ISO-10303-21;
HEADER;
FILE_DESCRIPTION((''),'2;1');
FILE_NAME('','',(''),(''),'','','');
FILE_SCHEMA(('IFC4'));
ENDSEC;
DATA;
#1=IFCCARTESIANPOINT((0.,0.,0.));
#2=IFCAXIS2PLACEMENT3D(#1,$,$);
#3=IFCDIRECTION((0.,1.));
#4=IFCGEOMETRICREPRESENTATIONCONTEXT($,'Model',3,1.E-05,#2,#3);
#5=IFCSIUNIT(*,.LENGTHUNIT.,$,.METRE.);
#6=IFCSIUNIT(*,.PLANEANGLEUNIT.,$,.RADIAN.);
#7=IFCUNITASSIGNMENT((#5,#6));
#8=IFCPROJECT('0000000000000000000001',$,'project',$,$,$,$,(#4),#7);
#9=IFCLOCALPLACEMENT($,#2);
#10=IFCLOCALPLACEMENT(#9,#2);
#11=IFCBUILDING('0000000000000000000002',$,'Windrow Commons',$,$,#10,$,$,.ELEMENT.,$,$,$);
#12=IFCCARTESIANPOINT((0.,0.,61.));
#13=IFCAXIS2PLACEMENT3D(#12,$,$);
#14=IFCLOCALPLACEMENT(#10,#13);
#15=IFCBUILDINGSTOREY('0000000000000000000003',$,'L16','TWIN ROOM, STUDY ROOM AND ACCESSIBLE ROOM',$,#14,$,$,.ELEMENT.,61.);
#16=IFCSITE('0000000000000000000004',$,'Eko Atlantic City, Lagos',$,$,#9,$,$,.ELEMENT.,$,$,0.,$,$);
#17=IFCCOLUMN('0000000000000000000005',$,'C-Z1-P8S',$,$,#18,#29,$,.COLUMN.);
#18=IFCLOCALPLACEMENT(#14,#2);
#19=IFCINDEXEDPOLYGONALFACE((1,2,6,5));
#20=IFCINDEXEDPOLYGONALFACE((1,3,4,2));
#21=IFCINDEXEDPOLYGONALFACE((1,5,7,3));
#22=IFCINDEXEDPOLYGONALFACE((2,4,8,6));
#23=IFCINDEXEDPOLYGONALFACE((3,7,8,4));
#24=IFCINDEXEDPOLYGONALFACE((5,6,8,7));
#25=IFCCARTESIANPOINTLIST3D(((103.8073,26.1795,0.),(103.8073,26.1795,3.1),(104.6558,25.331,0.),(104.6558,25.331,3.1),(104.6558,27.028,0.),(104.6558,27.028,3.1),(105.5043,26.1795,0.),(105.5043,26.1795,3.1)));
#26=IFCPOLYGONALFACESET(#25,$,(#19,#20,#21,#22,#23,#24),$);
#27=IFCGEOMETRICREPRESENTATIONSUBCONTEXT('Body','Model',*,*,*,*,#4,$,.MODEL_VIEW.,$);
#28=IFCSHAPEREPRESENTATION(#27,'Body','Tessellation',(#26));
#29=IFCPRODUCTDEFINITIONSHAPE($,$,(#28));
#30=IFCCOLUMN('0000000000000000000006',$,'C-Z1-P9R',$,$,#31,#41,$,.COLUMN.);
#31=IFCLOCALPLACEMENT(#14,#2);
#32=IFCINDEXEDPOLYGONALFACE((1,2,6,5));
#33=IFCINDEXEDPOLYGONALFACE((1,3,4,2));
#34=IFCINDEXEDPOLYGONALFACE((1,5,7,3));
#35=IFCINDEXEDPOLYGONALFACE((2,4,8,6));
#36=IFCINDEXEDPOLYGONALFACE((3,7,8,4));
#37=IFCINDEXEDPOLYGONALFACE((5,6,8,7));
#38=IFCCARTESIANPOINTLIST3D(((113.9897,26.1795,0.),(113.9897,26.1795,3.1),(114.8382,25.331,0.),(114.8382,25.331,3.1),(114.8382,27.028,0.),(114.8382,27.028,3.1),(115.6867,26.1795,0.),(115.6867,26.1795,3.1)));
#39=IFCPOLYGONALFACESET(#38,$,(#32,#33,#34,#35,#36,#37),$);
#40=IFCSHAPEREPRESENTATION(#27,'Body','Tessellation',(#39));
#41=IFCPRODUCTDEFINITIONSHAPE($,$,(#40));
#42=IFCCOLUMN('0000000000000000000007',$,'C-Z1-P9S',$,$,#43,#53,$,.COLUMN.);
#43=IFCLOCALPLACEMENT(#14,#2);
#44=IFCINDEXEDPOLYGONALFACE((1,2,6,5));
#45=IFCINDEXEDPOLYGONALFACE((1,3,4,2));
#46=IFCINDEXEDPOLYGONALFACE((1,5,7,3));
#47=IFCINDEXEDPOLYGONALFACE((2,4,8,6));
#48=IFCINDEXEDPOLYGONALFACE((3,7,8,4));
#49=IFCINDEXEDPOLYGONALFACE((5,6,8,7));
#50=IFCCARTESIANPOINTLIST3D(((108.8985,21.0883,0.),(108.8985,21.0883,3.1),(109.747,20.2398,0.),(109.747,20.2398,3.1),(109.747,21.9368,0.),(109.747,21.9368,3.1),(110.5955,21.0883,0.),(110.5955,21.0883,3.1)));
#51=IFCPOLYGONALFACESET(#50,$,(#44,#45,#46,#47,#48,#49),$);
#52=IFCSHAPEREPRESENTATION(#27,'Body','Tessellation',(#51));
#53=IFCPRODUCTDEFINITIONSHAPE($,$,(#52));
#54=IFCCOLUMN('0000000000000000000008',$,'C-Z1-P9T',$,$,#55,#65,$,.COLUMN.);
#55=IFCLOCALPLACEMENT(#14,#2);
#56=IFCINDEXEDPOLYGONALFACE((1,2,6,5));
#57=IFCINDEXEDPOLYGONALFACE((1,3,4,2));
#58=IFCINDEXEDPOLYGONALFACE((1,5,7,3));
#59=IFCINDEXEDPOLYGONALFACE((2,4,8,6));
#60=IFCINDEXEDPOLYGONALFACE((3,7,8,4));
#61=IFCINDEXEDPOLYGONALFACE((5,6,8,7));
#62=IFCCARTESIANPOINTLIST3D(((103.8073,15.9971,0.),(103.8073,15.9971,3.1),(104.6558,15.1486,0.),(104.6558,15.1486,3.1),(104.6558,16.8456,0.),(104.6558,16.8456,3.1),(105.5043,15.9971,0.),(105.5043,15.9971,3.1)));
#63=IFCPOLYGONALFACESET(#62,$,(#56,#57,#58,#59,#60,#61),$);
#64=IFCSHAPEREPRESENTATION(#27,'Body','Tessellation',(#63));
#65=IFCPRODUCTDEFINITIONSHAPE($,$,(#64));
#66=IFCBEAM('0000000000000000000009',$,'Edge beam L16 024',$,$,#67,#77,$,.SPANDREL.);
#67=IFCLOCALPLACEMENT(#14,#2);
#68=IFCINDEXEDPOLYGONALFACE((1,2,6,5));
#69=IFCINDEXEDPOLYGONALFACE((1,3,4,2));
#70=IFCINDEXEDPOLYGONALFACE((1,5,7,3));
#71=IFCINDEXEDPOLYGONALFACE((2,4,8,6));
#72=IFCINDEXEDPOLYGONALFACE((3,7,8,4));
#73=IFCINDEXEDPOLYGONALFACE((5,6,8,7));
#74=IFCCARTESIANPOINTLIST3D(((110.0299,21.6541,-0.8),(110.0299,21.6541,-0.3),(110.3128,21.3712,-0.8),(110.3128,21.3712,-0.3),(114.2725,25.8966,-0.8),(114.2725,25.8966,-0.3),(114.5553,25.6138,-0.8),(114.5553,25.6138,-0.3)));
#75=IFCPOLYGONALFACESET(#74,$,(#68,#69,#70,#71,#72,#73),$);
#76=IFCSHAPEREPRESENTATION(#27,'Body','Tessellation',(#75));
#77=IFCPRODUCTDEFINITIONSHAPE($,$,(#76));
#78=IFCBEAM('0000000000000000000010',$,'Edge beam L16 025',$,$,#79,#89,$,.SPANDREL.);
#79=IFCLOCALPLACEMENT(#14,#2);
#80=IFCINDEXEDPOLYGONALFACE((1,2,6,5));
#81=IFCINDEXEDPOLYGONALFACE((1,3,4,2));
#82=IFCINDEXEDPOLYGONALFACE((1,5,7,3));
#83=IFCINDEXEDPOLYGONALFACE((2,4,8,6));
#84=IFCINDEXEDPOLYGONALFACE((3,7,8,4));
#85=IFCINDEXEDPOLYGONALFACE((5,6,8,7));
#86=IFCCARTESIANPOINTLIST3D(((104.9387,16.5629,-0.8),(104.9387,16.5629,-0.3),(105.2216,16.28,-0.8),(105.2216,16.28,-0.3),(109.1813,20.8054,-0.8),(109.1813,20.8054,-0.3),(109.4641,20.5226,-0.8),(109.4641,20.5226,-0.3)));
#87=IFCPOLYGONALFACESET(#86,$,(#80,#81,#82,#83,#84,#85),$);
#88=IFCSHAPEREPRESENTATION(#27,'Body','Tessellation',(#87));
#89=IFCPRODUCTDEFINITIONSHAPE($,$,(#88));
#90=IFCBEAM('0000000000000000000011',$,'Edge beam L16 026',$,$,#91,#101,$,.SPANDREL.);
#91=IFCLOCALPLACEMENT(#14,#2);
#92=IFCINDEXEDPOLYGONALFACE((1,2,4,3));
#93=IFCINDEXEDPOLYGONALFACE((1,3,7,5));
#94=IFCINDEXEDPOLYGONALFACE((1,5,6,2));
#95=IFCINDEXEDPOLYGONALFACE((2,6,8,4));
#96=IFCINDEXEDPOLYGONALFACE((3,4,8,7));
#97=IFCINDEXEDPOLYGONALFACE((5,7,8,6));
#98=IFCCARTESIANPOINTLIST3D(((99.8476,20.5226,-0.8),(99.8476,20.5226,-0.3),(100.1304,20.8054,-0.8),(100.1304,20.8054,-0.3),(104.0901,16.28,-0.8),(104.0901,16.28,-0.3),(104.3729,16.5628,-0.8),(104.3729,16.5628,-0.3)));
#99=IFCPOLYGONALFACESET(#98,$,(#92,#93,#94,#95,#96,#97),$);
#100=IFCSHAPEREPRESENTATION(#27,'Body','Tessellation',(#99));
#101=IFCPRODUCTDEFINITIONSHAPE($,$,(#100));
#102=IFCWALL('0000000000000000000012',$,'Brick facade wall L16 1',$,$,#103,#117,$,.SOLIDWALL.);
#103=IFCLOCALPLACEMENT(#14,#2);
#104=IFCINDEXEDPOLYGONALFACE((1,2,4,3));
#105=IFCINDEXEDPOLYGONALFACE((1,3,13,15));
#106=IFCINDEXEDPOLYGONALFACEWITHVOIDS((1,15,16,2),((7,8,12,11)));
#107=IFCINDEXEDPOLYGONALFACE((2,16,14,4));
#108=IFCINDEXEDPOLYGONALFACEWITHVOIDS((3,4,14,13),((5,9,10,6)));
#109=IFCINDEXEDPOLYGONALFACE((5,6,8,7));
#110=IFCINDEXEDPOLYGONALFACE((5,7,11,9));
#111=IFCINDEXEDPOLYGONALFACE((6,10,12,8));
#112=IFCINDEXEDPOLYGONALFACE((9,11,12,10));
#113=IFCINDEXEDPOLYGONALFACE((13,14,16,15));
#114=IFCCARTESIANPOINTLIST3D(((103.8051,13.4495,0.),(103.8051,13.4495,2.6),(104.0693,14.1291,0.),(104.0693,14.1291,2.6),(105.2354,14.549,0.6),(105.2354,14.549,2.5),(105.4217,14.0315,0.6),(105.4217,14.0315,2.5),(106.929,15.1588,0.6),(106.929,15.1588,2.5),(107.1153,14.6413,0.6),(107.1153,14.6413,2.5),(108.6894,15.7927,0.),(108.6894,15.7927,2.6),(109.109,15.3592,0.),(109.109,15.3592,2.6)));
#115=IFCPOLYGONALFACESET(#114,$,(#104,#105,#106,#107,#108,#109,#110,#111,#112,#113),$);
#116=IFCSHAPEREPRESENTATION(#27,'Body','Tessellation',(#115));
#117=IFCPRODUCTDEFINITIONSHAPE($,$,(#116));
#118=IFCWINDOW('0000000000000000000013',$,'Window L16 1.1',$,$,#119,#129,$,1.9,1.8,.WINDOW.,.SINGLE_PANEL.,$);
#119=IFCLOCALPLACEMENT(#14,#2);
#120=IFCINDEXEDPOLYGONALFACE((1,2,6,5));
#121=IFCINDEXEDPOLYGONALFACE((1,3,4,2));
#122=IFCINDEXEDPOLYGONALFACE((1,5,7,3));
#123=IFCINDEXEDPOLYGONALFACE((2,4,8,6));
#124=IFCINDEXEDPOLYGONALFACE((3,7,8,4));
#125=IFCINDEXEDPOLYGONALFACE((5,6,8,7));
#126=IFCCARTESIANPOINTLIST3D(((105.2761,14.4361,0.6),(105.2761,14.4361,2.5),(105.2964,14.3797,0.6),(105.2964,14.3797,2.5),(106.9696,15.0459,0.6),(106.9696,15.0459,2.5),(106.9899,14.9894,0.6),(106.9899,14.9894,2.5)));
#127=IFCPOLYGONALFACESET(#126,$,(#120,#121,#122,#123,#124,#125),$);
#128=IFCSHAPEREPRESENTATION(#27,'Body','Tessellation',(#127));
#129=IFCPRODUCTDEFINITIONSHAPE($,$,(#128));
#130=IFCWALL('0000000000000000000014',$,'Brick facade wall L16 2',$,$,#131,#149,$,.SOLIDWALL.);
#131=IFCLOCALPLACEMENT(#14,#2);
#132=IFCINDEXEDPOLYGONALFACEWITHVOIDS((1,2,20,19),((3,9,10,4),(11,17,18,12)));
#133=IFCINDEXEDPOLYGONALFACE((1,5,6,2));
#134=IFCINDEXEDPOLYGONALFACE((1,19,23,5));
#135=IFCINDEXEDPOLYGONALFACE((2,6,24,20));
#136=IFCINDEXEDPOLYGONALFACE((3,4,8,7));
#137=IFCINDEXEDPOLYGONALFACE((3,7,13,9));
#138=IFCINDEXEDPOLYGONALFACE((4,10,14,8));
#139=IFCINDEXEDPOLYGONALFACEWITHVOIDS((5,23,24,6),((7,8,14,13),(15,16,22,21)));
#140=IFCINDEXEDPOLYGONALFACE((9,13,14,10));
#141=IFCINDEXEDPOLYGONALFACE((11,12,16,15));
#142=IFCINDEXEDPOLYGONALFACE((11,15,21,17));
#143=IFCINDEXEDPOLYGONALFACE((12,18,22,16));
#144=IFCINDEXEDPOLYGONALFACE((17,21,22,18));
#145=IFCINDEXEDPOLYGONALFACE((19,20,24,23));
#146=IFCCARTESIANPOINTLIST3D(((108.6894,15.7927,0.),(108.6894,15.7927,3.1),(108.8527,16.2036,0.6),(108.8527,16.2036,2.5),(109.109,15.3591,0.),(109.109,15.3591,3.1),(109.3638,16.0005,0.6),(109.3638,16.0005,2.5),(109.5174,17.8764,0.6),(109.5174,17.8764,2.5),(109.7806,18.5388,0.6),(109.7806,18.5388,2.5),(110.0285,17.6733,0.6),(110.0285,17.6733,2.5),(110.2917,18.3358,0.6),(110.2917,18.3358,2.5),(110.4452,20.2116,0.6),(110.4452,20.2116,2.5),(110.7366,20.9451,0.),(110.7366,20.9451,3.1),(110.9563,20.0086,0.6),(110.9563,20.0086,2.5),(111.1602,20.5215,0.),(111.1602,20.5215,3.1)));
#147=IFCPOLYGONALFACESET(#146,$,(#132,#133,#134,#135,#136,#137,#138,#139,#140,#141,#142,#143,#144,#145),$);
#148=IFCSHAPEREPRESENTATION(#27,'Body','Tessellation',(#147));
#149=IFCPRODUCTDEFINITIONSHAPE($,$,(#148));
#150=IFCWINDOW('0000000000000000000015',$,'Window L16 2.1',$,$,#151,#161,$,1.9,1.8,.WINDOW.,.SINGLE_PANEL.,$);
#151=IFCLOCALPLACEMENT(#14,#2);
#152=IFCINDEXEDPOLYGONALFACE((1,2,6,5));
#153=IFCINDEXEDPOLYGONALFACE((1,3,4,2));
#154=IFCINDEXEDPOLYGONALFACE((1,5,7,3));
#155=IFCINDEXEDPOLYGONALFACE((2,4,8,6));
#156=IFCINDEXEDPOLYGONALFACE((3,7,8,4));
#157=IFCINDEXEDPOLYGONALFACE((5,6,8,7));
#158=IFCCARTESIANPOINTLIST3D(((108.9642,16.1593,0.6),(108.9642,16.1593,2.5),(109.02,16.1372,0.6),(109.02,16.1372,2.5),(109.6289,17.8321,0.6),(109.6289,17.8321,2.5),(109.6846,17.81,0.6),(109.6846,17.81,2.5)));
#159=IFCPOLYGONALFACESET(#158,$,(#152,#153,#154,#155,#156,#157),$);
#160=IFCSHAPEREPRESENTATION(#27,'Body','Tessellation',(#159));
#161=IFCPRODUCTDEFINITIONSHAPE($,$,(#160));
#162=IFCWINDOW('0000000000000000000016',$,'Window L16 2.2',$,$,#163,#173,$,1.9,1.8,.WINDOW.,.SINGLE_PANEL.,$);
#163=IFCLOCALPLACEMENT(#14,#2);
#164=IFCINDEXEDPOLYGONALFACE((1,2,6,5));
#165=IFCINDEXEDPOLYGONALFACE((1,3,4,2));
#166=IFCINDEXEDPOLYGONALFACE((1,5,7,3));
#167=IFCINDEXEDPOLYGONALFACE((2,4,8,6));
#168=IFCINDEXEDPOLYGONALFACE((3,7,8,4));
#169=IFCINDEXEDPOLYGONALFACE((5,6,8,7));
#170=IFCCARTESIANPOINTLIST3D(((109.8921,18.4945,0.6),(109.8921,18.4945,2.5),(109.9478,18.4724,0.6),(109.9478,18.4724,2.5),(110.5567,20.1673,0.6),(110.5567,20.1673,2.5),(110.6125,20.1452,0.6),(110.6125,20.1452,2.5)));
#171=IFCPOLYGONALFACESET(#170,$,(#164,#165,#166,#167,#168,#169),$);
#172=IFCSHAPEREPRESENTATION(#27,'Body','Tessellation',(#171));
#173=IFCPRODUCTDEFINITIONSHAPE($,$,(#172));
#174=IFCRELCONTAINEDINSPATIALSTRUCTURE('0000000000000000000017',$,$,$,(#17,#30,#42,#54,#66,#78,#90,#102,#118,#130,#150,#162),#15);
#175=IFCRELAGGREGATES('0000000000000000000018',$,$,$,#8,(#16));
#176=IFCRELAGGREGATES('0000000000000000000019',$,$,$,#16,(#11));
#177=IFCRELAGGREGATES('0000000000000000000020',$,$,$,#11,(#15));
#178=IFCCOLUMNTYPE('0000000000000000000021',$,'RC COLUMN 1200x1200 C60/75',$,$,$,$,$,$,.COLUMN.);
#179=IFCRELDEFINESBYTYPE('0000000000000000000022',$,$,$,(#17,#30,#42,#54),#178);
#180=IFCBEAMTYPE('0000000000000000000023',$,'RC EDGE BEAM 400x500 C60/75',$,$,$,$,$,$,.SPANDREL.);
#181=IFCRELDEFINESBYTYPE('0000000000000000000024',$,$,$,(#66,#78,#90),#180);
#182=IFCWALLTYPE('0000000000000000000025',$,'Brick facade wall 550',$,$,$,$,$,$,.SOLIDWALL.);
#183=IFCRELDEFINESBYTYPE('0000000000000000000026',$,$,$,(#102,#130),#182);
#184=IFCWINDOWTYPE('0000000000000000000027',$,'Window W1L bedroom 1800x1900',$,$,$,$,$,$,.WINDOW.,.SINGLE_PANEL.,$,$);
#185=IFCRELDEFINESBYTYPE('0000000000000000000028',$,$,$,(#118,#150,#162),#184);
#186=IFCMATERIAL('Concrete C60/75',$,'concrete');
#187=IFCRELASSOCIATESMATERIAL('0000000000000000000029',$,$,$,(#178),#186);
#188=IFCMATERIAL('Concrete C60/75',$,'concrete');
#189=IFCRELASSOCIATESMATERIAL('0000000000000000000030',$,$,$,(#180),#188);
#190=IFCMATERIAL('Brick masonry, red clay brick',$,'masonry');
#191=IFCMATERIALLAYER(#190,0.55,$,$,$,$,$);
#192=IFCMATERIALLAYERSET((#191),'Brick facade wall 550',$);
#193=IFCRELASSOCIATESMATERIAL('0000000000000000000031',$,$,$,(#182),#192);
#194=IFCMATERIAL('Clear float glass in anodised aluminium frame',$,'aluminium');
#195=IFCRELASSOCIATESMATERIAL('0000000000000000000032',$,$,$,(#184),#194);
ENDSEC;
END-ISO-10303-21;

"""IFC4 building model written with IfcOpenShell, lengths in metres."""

from ifc_helpers import new_model, si_unit, direction, frame, frame_2d, origin, origin_2d, place, context, subcontext, project, spatial, polyline, rectangle, outline, extrude, material, layer, layer_set, material_profile, profile_set, type_object, element, fill, save


model = new_model("IFC4")

# Units and contexts
model_context = context("Model", 3, precision=1e-05, world=origin(), true_north=direction((0.0, 1.0)))
body_context = subcontext(model_context, "Body", "Model", "MODEL_VIEW")
ifc_project = project(units=[si_unit("LENGTHUNIT", "METRE"), si_unit("PLANEANGLEUNIT", "RADIAN")], contexts=[model_context])

# Site, building, storey
site_placement = place(None, origin())
site = spatial("IfcSite", under=ifc_project, at=site_placement, Name="Eko Atlantic City, Lagos", CompositionType="ELEMENT", RefElevation=0.0)
building_placement = place(site_placement, origin())
building = spatial("IfcBuilding", under=site, at=building_placement, Name="Windrow Commons", CompositionType="ELEMENT")
storey_placement = place(building_placement, frame((0.0, 0.0, 61.0)))
storey = spatial("IfcBuildingStorey", under=building, at=storey_placement, Name="L16", Description="TWIN ROOM, STUDY ROOM AND ACCESSIBLE ROOM", CompositionType="ELEMENT", Elevation=61.0)

# Columns
ifc_material_1 = material(Name="Concrete C60/75", Category="concrete")
ifc_material_profile_1 = material_profile(ifc_material_1, rectangle(XDim=1.2, YDim=1.2, at=origin_2d()))
ifc_profile_set_1 = profile_set([ifc_material_profile_1], Name="Concrete C60/75")
column_type = type_object("IfcColumnType", Name="RC COLUMN 1200x1200 C60/75", PredefinedType="COLUMN", material=ifc_profile_set_1)
for number, where, z_axis, x_axis, name in (
    (1, (104.6558, 26.1795, 0.0), (0.0, 0.0, 1.0), (0.707107, -0.707107, 0.0), "C-Z1-P8S"),
    (2, (114.8382, 26.1795, 0.0), (0.0, 0.0, 1.0), (0.707107, -0.707107, 0.0), "C-Z1-P9R"),
    (3, (109.747, 21.0883, 0.0), (0.0, 0.0, 1.0), (0.707107, -0.707107, 0.0), "C-Z1-P9S"),
    (4, (104.6558, 15.9971, 0.0), (0.0, 0.0, 1.0), (0.707107, -0.707107, 0.0), "C-Z1-P9T"),
):
    element("IfcColumn", number, at=place(storey_placement, frame(where, z_axis=z_axis, x_axis=x_axis)), inside=storey, type_object=column_type, Name=name, PredefinedType="COLUMN", context=body_context, shape_type="SweptSolid", body=[
        extrude(rectangle(XDim=1.2, YDim=1.2, at=origin_2d()), origin(), (0.0, 0.0, 1.0), 3.1),
    ])

# Beams
ifc_material_2 = material(Name="Concrete C60/75", Category="concrete")
ifc_material_profile_2 = material_profile(ifc_material_2, rectangle(XDim=0.4, YDim=0.5, at=origin_2d()))
ifc_profile_set_2 = profile_set([ifc_material_profile_2], Name="Concrete C60/75")
beam_type = type_object("IfcBeamType", Name="RC EDGE BEAM 400x500 C60/75", PredefinedType="SPANDREL", material=ifc_profile_set_2)
for number, where, z_axis, x_axis, name in (
    (5, (114.4139, 25.7552, -0.55), (-0.707107, -0.707107, 0.0), (0.707107, -0.707107, 0.0), "Edge beam L16 024"),
    (6, (109.3227, 20.664, -0.55), (-0.707107, -0.707107, 0.0), (0.707107, -0.707107, 0.0), "Edge beam L16 025"),
    (7, (104.2315, 16.4214, -0.55), (-0.707098, 0.707115, 0.0), (-0.707115, -0.707098, 0.0), "Edge beam L16 026"),
):
    element("IfcBeam", number, at=place(storey_placement, frame(where, z_axis=z_axis, x_axis=x_axis)), inside=storey, type_object=beam_type, Name=name, PredefinedType="SPANDREL", context=body_context, shape_type="SweptSolid", body=[
        extrude(rectangle(XDim=0.4, YDim=0.5, at=origin_2d()), origin(), (0.0, 0.0, 1.0), 5.9999),
    ])

# Wall, opening, window
ifc_material_3 = material(Name="Brick masonry, red clay brick", Category="masonry")
ifc_layer_1 = layer(ifc_material_3, 0.55)
ifc_layer_set_1 = layer_set([ifc_layer_1], Name="Brick facade wall 550")
wall_type_1 = type_object("IfcWallType", Name="Brick facade wall 550", PredefinedType="SOLIDWALL", material=ifc_layer_set_1)
wall_1_placement = place(storey_placement, frame((103.9372, 13.7893, 0.0), z_axis=(0.0, 0.0, 1.0), x_axis=(0.94087, 0.338766, 0.0)))
wall_1 = element("IfcWall", 8, at=wall_1_placement, inside=storey, type_object=wall_type_1, Name="Brick facade wall L16 1", PredefinedType="SOLIDWALL", context=body_context, shape_type="SweptSolid", body=[
    extrude(outline(polyline([(-0.2394, -0.275), (5.3978, -0.275), (5.1499, 0.275), (0.2394, 0.275), (-0.2394, -0.275)])), origin(), (0.0, 0.0, 1.0), 2.6),
])
opening_1_placement = place(wall_1_placement, frame((1.4788, 0.0, 0.6)))
opening_1 = element("IfcOpeningElement", 9, at=opening_1_placement, cuts=wall_1, PredefinedType="OPENING", context=body_context, shape_type="SweptSolid", body=[
    extrude(rectangle(XDim=1.8, YDim=1.9, at=frame_2d((0.9, 0.95))), frame((0.0, 0.285, 0.0), z_axis=(0.0, -1.0, 0.0), x_axis=(1.0, 0.0, 0.0)), (0.0, 0.0, 1.0), 0.57),
])
ifc_material_4 = material(Name="Clear float glass in anodised aluminium frame", Category="aluminium")
window_type_1 = type_object("IfcWindowType", Name="Window W1L bedroom 1800x1900", PartitioningType="SINGLE_PANEL", PredefinedType="WINDOW", material=ifc_material_4)
window_1_placement = place(opening_1_placement, origin())
window_1 = element("IfcWindow", 10, at=window_1_placement, inside=storey, type_object=window_type_1, Name="Window L16 1.1", OverallHeight=1.9, OverallWidth=1.8, PartitioningType="SINGLE_PANEL", PredefinedType="WINDOW", context=body_context, shape_type="SweptSolid", body=[
    extrude(rectangle(XDim=1.8, YDim=1.9, at=frame_2d((0.9, 0.95))), frame((0.0, 0.155, 0.0), z_axis=(0.0, -1.0, 0.0), x_axis=(1.0, 0.0, 0.0)), (0.0, 0.0, 1.0), 0.06),
])
fill(opening_1, window_1)

# Wall, openings, windows
wall_2_placement = place(storey_placement, frame((108.8992, 15.5759, 0.0), z_axis=(0.0, 0.0, 1.0), x_axis=(0.369252, 0.929329, 0.0)))
wall_2 = element("IfcWall", 11, at=wall_2_placement, inside=storey, type_object=wall_type_1, Name="Brick facade wall L16 2", PredefinedType="SOLIDWALL", context=body_context, shape_type="SweptSolid", body=[
    extrude(outline(polyline([(-0.124, -0.275), (5.431, -0.275), (5.6682, 0.275), (0.124, 0.275), (-0.124, -0.275)])), origin(), (0.0, 0.0, 1.0), 3.1),
])
opening_2_placement = place(wall_2_placement, frame((0.5662, 0.0, 0.6)))
opening_2 = element("IfcOpeningElement", 12, at=opening_2_placement, cuts=wall_2, PredefinedType="OPENING", context=body_context, shape_type="SweptSolid", body=[
    extrude(rectangle(XDim=1.8, YDim=1.9, at=frame_2d((0.9, 0.95))), frame((0.0, 0.285, 0.0), z_axis=(0.0, -1.0, 0.0), x_axis=(1.0, 0.0, 0.0)), (0.0, 0.0, 1.0), 0.57),
])
opening_3_placement = place(wall_2_placement, frame((3.079, 0.0, 0.6)))
opening_3 = element("IfcOpeningElement", 13, at=opening_3_placement, cuts=wall_2, PredefinedType="OPENING", context=body_context, shape_type="SweptSolid", body=[
    extrude(rectangle(XDim=1.8, YDim=1.9, at=frame_2d((0.9, 0.95))), frame((0.0, 0.285, 0.0), z_axis=(0.0, -1.0, 0.0), x_axis=(1.0, 0.0, 0.0)), (0.0, 0.0, 1.0), 0.57),
])
window_2_placement = place(opening_2_placement, origin())
window_2 = element("IfcWindow", 14, at=window_2_placement, inside=storey, type_object=window_type_1, Name="Window L16 2.1", OverallHeight=1.9, OverallWidth=1.8, PartitioningType="SINGLE_PANEL", PredefinedType="WINDOW", context=body_context, shape_type="SweptSolid", body=[
    extrude(rectangle(XDim=1.8, YDim=1.9, at=frame_2d((0.9, 0.95))), frame((0.0, 0.155, 0.0), z_axis=(0.0, -1.0, 0.0), x_axis=(1.0, 0.0, 0.0)), (0.0, 0.0, 1.0), 0.06),
])
fill(opening_2, window_2)
window_3_placement = place(opening_3_placement, origin())
window_3 = element("IfcWindow", 15, at=window_3_placement, inside=storey, type_object=window_type_1, Name="Window L16 2.2", OverallHeight=1.9, OverallWidth=1.8, PartitioningType="SINGLE_PANEL", PredefinedType="WINDOW", context=body_context, shape_type="SweptSolid", body=[
    extrude(rectangle(XDim=1.8, YDim=1.9, at=frame_2d((0.9, 0.95))), frame((0.0, 0.155, 0.0), z_axis=(0.0, -1.0, 0.0), x_axis=(1.0, 0.0, 0.0)), (0.0, 0.0, 1.0), 0.06),
])
fill(opening_3, window_3)

save(model, "model.ifc")
